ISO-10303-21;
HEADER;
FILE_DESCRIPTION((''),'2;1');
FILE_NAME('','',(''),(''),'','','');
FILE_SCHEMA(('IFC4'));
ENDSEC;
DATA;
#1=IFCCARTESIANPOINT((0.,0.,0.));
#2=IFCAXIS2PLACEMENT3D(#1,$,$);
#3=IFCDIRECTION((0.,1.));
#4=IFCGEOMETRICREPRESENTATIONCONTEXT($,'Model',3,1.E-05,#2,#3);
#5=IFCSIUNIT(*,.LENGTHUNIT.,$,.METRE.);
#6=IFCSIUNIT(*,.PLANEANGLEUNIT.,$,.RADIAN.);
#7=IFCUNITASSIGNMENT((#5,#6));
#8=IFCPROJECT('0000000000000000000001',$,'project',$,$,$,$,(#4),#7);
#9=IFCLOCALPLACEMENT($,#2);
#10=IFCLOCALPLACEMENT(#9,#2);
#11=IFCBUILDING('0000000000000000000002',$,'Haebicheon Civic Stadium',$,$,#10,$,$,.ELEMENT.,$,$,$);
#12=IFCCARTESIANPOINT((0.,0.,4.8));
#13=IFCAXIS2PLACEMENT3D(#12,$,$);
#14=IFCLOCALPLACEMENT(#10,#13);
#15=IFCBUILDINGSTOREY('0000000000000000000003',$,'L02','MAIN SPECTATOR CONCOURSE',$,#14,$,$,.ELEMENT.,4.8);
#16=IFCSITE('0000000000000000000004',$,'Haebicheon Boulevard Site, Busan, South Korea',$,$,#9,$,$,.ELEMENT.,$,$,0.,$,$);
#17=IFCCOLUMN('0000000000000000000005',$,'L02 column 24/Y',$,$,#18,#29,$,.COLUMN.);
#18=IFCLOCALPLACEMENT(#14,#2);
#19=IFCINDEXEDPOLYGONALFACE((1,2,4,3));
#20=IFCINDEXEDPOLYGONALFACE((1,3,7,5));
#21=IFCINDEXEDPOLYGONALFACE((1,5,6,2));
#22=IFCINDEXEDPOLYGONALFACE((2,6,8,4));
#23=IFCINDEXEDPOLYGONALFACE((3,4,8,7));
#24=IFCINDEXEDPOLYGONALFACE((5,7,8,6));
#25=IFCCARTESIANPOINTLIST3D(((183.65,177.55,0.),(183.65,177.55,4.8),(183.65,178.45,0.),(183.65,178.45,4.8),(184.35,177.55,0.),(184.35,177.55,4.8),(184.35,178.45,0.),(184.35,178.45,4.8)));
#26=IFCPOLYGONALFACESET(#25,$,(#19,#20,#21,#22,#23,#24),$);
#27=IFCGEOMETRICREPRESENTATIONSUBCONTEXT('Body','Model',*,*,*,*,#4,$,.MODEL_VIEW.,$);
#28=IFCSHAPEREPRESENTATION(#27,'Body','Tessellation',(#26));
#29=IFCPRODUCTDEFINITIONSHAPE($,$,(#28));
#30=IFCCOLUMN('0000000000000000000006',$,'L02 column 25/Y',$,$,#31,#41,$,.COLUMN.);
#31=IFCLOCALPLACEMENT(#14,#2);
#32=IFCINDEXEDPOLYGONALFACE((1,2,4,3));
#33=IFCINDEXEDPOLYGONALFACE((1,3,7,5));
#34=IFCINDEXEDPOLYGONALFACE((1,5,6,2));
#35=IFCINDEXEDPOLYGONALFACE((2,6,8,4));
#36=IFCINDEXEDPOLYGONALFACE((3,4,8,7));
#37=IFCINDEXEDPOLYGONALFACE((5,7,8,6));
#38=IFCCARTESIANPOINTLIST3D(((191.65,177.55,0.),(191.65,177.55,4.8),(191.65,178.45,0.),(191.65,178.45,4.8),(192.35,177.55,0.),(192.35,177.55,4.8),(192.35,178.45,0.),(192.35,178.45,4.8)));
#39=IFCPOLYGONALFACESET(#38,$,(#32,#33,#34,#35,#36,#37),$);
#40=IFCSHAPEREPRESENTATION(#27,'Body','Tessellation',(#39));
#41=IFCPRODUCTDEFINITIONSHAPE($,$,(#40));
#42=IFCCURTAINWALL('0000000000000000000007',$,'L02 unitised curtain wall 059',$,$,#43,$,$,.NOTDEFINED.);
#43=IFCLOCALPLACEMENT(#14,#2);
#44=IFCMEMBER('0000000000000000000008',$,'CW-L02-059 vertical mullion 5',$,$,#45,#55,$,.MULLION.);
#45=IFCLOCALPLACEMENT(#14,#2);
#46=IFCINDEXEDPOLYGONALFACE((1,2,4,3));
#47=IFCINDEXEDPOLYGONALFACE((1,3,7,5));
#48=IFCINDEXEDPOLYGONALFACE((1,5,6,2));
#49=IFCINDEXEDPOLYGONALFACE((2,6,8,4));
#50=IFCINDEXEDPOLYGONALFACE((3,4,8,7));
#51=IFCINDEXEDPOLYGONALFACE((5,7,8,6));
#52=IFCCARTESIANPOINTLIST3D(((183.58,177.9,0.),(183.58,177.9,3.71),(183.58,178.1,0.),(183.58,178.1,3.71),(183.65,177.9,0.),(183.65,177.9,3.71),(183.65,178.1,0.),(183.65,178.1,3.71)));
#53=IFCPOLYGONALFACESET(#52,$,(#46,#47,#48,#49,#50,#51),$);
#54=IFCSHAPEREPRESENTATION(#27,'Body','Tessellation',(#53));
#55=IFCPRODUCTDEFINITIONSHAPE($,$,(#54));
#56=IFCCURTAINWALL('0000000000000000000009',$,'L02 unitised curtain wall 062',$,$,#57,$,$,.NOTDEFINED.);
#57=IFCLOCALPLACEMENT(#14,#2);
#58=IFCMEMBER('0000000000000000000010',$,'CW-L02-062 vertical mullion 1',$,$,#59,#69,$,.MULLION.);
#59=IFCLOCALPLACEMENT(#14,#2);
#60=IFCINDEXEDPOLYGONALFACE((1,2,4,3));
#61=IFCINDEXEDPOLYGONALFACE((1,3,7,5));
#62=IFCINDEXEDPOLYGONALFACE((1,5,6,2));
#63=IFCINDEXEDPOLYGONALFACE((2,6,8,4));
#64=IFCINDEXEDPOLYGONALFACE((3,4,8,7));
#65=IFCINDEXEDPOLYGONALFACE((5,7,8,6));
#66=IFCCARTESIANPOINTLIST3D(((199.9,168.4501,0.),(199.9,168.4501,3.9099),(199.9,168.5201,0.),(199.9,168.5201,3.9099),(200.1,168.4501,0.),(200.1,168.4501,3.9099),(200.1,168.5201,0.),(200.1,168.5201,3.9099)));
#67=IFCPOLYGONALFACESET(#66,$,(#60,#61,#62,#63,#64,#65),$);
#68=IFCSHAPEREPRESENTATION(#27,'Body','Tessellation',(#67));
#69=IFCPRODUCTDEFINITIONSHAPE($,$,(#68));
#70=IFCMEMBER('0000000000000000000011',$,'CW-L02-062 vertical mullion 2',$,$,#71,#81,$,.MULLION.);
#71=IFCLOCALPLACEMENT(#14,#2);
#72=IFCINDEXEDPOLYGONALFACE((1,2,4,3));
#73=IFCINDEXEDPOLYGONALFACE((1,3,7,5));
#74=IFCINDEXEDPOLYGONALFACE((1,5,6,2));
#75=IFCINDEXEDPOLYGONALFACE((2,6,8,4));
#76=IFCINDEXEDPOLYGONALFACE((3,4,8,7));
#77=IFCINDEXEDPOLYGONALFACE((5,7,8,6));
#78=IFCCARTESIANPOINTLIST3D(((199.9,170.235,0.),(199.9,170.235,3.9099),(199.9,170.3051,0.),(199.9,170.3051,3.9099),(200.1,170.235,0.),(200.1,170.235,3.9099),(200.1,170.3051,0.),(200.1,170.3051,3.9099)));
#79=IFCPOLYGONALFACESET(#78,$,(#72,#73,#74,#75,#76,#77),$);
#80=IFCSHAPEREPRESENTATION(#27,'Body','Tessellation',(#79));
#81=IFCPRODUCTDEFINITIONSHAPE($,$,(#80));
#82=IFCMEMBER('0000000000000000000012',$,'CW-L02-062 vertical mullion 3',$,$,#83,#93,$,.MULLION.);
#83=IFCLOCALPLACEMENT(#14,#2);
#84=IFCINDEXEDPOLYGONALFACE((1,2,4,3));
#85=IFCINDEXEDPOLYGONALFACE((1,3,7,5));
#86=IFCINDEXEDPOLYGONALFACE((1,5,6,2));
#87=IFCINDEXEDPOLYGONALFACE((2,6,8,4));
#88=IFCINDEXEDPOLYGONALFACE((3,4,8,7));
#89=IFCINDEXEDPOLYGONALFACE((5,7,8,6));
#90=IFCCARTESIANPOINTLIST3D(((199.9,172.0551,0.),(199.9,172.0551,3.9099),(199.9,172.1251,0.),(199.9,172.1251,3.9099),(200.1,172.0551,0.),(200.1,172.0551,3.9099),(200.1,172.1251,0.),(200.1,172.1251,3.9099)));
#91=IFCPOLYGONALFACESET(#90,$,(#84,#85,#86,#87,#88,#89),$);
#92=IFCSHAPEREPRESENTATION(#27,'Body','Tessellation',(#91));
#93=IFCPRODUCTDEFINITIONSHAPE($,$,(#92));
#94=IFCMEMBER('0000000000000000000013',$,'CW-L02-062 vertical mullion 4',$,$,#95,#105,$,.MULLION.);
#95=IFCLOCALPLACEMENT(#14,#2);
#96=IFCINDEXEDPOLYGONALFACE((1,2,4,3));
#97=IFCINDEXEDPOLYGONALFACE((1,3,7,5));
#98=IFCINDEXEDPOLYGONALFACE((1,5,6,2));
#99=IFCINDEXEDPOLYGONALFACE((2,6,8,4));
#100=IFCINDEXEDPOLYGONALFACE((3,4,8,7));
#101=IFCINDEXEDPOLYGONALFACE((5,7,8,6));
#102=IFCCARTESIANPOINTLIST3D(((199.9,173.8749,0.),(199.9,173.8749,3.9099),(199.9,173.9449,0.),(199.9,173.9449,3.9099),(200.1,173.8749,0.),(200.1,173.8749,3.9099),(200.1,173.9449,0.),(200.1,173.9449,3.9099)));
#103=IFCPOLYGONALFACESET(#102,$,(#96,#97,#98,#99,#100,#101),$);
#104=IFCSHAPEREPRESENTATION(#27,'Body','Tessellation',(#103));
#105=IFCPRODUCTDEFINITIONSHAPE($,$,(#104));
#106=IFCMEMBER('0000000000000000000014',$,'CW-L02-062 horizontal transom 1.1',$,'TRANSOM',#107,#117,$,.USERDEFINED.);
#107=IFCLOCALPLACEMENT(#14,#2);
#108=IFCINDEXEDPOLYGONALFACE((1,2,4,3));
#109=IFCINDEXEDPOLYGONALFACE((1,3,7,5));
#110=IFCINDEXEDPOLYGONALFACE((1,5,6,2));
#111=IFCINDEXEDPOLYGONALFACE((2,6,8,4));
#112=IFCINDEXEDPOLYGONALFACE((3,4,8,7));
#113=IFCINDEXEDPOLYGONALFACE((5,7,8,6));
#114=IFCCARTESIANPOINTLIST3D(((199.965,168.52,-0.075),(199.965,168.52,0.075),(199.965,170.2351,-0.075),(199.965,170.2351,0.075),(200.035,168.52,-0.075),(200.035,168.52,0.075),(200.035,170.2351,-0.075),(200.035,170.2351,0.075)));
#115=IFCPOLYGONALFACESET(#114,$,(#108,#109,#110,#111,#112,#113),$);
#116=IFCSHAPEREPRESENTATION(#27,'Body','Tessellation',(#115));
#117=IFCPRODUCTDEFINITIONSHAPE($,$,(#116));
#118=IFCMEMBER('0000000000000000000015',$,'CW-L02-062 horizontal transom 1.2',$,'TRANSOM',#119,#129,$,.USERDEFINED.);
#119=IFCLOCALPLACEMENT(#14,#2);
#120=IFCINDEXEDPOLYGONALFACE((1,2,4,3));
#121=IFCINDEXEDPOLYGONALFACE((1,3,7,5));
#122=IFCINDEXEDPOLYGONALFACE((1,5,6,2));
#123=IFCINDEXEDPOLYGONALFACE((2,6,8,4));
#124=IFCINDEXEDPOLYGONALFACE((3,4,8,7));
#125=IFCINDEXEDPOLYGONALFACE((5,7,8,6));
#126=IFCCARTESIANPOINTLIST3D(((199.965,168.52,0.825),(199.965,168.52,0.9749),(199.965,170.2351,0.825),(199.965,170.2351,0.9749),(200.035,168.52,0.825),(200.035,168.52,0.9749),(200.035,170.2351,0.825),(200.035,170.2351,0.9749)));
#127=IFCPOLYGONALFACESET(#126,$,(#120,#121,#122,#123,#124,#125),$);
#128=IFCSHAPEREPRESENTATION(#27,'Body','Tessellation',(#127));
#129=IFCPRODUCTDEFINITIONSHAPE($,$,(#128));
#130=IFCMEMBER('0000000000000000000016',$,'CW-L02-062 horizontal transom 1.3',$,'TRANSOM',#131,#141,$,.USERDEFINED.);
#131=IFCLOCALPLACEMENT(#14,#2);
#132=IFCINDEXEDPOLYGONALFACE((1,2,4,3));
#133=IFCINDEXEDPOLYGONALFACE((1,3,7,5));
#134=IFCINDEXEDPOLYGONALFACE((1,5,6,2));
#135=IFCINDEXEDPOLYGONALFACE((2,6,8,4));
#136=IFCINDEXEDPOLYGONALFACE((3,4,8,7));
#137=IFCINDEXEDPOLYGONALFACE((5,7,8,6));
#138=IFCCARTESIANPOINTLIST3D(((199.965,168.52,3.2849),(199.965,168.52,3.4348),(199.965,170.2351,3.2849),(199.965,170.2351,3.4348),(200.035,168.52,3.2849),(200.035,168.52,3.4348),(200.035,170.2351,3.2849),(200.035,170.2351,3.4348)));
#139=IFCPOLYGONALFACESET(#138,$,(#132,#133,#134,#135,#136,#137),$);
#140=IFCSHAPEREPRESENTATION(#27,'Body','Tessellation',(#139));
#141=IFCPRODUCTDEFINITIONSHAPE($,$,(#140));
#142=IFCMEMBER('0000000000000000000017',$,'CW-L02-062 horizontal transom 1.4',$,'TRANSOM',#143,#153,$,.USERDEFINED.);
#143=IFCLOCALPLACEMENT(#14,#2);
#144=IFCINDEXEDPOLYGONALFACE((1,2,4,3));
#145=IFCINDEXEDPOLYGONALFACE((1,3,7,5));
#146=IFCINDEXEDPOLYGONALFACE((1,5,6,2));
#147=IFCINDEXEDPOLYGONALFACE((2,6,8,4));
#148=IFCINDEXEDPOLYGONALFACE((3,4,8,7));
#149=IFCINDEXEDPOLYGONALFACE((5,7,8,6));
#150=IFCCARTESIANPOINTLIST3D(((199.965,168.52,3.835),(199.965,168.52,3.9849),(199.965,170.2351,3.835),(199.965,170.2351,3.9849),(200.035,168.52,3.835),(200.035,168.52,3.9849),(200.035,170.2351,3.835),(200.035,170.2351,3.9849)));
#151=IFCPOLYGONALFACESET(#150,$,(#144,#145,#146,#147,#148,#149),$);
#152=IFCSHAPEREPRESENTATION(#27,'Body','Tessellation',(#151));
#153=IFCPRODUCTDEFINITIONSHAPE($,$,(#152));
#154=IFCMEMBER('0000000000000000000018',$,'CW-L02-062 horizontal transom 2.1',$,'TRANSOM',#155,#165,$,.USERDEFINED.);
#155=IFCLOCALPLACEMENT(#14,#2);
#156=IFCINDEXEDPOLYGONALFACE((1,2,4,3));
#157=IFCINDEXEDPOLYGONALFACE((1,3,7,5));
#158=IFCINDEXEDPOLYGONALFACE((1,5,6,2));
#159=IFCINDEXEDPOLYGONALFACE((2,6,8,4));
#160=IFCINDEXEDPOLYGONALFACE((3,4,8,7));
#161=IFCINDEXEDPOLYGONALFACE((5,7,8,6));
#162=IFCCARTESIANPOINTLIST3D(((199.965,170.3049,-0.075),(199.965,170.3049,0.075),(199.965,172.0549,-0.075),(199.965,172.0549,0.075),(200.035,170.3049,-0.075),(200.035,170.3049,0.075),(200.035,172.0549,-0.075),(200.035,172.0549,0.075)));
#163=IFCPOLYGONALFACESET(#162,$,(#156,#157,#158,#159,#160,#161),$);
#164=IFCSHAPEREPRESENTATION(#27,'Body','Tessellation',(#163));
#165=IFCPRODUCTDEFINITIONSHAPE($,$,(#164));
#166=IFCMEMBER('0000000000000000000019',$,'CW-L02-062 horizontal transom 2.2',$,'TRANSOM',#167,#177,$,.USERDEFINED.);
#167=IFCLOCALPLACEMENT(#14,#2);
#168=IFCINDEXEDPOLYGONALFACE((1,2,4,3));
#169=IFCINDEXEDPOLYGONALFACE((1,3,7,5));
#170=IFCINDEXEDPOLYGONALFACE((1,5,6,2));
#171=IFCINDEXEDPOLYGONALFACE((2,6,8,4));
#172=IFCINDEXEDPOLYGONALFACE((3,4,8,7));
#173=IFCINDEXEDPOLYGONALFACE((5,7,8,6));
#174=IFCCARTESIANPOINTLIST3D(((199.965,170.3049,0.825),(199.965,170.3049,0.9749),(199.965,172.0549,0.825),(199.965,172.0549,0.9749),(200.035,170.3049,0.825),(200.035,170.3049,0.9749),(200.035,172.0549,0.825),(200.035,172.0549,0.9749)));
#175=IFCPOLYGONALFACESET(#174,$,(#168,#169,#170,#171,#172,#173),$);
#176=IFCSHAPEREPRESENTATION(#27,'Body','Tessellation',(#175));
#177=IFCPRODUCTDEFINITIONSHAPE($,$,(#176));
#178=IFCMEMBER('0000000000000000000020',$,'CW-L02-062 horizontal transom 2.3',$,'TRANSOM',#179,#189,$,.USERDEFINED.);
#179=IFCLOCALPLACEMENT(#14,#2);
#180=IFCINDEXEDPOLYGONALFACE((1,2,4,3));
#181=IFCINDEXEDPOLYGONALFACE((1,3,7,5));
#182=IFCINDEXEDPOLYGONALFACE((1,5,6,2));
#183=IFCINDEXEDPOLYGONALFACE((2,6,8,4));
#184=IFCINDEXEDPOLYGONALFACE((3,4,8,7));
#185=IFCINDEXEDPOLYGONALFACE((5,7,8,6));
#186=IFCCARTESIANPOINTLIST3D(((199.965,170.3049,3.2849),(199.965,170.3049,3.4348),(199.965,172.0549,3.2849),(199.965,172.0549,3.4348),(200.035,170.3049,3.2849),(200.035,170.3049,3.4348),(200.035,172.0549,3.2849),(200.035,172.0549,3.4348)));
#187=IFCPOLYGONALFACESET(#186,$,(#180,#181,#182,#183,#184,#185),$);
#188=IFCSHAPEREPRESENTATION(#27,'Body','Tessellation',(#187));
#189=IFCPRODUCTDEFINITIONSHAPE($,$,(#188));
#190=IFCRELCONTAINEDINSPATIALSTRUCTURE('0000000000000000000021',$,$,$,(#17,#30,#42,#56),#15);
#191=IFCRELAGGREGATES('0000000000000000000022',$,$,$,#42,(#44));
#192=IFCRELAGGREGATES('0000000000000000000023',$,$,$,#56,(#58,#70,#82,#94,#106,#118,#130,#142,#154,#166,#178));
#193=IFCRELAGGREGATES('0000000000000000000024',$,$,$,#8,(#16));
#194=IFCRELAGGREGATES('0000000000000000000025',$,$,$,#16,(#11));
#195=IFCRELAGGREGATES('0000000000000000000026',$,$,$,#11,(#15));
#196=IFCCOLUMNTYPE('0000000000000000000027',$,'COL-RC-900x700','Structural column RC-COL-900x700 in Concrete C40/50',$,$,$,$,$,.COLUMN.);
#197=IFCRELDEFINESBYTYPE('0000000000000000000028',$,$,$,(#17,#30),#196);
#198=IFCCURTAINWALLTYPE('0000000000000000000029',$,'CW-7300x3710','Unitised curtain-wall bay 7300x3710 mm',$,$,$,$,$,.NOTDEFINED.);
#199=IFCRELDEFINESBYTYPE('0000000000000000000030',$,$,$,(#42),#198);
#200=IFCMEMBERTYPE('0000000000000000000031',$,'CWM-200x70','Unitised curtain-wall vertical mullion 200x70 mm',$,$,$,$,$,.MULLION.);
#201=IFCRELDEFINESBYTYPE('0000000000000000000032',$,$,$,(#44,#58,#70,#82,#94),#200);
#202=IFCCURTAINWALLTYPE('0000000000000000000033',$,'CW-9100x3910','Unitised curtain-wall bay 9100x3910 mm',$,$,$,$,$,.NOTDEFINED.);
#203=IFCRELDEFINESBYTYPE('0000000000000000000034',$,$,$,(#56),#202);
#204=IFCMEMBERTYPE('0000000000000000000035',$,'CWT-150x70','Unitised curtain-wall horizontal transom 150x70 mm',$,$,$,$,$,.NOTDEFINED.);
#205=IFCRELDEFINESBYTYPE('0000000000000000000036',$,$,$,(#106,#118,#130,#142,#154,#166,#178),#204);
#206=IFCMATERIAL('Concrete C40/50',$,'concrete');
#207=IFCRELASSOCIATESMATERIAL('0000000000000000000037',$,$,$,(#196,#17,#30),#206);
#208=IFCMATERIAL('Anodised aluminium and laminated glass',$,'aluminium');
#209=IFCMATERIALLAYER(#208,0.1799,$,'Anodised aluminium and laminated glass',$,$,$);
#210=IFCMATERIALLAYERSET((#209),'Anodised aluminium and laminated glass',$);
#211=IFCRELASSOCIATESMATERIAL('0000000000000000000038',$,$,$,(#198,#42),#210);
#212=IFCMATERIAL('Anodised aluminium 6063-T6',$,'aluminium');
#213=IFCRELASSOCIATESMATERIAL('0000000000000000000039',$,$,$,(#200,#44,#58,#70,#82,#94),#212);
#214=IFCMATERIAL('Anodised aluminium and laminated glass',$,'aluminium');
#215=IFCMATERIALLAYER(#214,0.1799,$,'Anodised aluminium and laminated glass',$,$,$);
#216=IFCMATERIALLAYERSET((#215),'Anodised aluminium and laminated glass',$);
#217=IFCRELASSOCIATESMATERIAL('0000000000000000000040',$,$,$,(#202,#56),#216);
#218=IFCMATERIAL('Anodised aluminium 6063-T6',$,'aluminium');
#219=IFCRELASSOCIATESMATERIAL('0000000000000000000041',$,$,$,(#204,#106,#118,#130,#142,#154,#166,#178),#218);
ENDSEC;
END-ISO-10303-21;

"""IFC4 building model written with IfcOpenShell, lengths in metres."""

from ifc_helpers import new_model, si_unit, direction, frame, origin, origin_2d, place, context, subcontext, project, spatial, rectangle, extrude, material, layer, layer_set, material_profile, profile_set, type_object, element, aggregate, save


model = new_model("IFC4")

# Units and contexts
model_context = context("Model", 3, precision=1e-05, world=origin(), true_north=direction((0.0, 1.0)))
body_context = subcontext(model_context, "Body", "Model", "MODEL_VIEW")
ifc_project = project(units=[si_unit("LENGTHUNIT", "METRE"), si_unit("PLANEANGLEUNIT", "RADIAN")], contexts=[model_context])

# Site, building, storey
site_placement = place(None, origin())
site = spatial("IfcSite", under=ifc_project, at=site_placement, Name="Haebicheon Boulevard Site, Busan, South Korea", CompositionType="ELEMENT", RefElevation=0.0)
building_placement = place(site_placement, origin())
building = spatial("IfcBuilding", under=site, at=building_placement, Name="Haebicheon Civic Stadium", CompositionType="ELEMENT")
storey_placement = place(building_placement, frame((0.0, 0.0, 4.8)))
storey = spatial("IfcBuildingStorey", under=building, at=storey_placement, Name="L02", Description="MAIN SPECTATOR CONCOURSE", CompositionType="ELEMENT", Elevation=4.8)

# Columns
ifc_material_1 = material(Name="Concrete C40/50", Category="concrete")
ifc_material_profile_1 = material_profile(ifc_material_1, rectangle(XDim=0.7, YDim=0.8999, at=origin_2d()), Name="RC-COL-900x700")
ifc_profile_set_1 = profile_set([ifc_material_profile_1], Name="Concrete C40/50")
column_type = type_object("IfcColumnType", Name="COL-RC-900x700", Description="Structural column RC-COL-900x700 in Concrete C40/50", PredefinedType="COLUMN", material=ifc_profile_set_1)
for number, where, z_axis, x_axis, name in (
    (1, (184.0, 178.0, 0.0), (0.0, 0.0, 1.0), (1.0, 0.0, 0.0), "L02 column 24/Y"),
    (2, (192.0, 178.0, 0.0), (0.0, 0.0, 1.0), (1.0, 0.0, 0.0), "L02 column 25/Y"),
):
    element("IfcColumn", number, at=place(storey_placement, frame(where, z_axis=z_axis, x_axis=x_axis)), inside=storey, type_object=column_type, material=ifc_profile_set_1, Name=name, PredefinedType="COLUMN", context=body_context, shape_type="SweptSolid", body=[
        extrude(rectangle(XDim=0.7, YDim=0.8999, at=origin_2d()), origin(), (0.0, 0.0, 1.0), 4.8),
    ])

# Curtain wall, member
ifc_material_2 = material(Name="Anodised aluminium and laminated glass", Category="aluminium")
ifc_layer_1 = layer(ifc_material_2, 0.1799, Name="Anodised aluminium and laminated glass")
ifc_layer_set_1 = layer_set([ifc_layer_1], Name="Anodised aluminium and laminated glass")
curtain_wall_type_1 = type_object("IfcCurtainWallType", Name="CW-7300x3710", Description="Unitised curtain-wall bay 7300x3710 mm", PredefinedType="NOTDEFINED", material=ifc_layer_set_1)
curtain_wall_1_placement = place(storey_placement, origin())
curtain_wall_1 = element("IfcCurtainWall", 3, at=curtain_wall_1_placement, inside=storey, type_object=curtain_wall_type_1, material=ifc_layer_set_1, Name="L02 unitised curtain wall 059", PredefinedType="NOTDEFINED")
ifc_material_3 = material(Name="Anodised aluminium 6063-T6", Category="aluminium")
ifc_material_profile_2 = material_profile(ifc_material_3, rectangle(XDim=0.0701, YDim=0.2, at=origin_2d()), Name="ALU-MULL-70x200")
ifc_profile_set_2 = profile_set([ifc_material_profile_2], Name="Anodised aluminium 6063-T6")
member_type_1 = type_object("IfcMemberType", Name="CWM-200x70", Description="Unitised curtain-wall vertical mullion 200x70 mm", PredefinedType="MULLION", material=ifc_profile_set_2)
member_1_placement = place(storey_placement, frame((183.615, 178.0, 0.0), z_axis=(0.0, 0.0, 1.0), x_axis=(1.0, 0.0, 0.0)))
member_1 = element("IfcMember", 4, at=member_1_placement, type_object=member_type_1, material=ifc_profile_set_2, Name="CW-L02-059 vertical mullion 5", PredefinedType="MULLION", context=body_context, shape_type="SweptSolid", body=[
    extrude(rectangle(XDim=0.0701, YDim=0.2, at=origin_2d()), origin(), (0.0, 0.0, 1.0), 3.71),
])
aggregate(curtain_wall_1, [member_1])

# Curtain wall, members
ifc_material_4 = material(Name="Anodised aluminium and laminated glass", Category="aluminium")
ifc_layer_2 = layer(ifc_material_4, 0.1799, Name="Anodised aluminium and laminated glass")
ifc_layer_set_2 = layer_set([ifc_layer_2], Name="Anodised aluminium and laminated glass")
curtain_wall_type_2 = type_object("IfcCurtainWallType", Name="CW-9100x3910", Description="Unitised curtain-wall bay 9100x3910 mm", PredefinedType="NOTDEFINED", material=ifc_layer_set_2)
curtain_wall_2_placement = place(storey_placement, origin())
curtain_wall_2 = element("IfcCurtainWall", 5, at=curtain_wall_2_placement, inside=storey, type_object=curtain_wall_type_2, material=ifc_layer_set_2, Name="L02 unitised curtain wall 062", PredefinedType="NOTDEFINED")
member_2_placement = place(storey_placement, frame((200.0, 168.4851, 0.0), z_axis=(0.0, 0.0, 1.0), x_axis=(0.0, 1.0, 0.0)))
member_2 = element("IfcMember", 6, at=member_2_placement, type_object=member_type_1, material=ifc_profile_set_2, Name="CW-L02-062 vertical mullion 1", PredefinedType="MULLION", context=body_context, shape_type="SweptSolid", body=[
    extrude(rectangle(XDim=0.0701, YDim=0.2, at=origin_2d()), origin(), (0.0, 0.0, 1.0), 3.9099),
])
member_3_placement = place(storey_placement, frame((200.0, 170.27, 0.0), z_axis=(0.0, 0.0, 1.0), x_axis=(0.0, 1.0, 0.0)))
member_3 = element("IfcMember", 7, at=member_3_placement, type_object=member_type_1, material=ifc_profile_set_2, Name="CW-L02-062 vertical mullion 2", PredefinedType="MULLION", context=body_context, shape_type="SweptSolid", body=[
    extrude(rectangle(XDim=0.0701, YDim=0.2, at=origin_2d()), origin(), (0.0, 0.0, 1.0), 3.9099),
])
member_4_placement = place(storey_placement, frame((200.0, 172.0901, 0.0), z_axis=(0.0, 0.0, 1.0), x_axis=(0.0, 1.0, 0.0)))
member_4 = element("IfcMember", 8, at=member_4_placement, type_object=member_type_1, material=ifc_profile_set_2, Name="CW-L02-062 vertical mullion 3", PredefinedType="MULLION", context=body_context, shape_type="SweptSolid", body=[
    extrude(rectangle(XDim=0.0701, YDim=0.2, at=origin_2d()), origin(), (0.0, 0.0, 1.0), 3.9099),
])
member_5_placement = place(storey_placement, frame((200.0, 173.9099, 0.0), z_axis=(0.0, 0.0, 1.0), x_axis=(0.0, 1.0, 0.0)))
member_5 = element("IfcMember", 9, at=member_5_placement, type_object=member_type_1, material=ifc_profile_set_2, Name="CW-L02-062 vertical mullion 4", PredefinedType="MULLION", context=body_context, shape_type="SweptSolid", body=[
    extrude(rectangle(XDim=0.0701, YDim=0.2, at=origin_2d()), origin(), (0.0, 0.0, 1.0), 3.9099),
])
ifc_material_5 = material(Name="Anodised aluminium 6063-T6", Category="aluminium")
ifc_material_profile_3 = material_profile(ifc_material_5, rectangle(XDim=0.0701, YDim=0.1499, at=origin_2d()), Name="ALU-TRAN-70x150")
ifc_profile_set_3 = profile_set([ifc_material_profile_3], Name="Anodised aluminium 6063-T6")
member_type_2 = type_object("IfcMemberType", Name="CWT-150x70", Description="Unitised curtain-wall horizontal transom 150x70 mm", PredefinedType="NOTDEFINED", material=ifc_profile_set_3)
member_6_placement = place(storey_placement, frame((200.0, 168.52, 0.0), z_axis=(0.0, 1.0, 0.0), x_axis=(-1.0, 0.0, 0.0)))
member_6 = element("IfcMember", 10, at=member_6_placement, type_object=member_type_2, material=ifc_profile_set_3, Name="CW-L02-062 horizontal transom 1.1", ObjectType="TRANSOM", PredefinedType="USERDEFINED", context=body_context, shape_type="SweptSolid", body=[
    extrude(rectangle(XDim=0.0701, YDim=0.1499, at=origin_2d()), origin(), (0.0, 0.0, 1.0), 1.7151),
])
member_7_placement = place(storey_placement, frame((200.0, 168.52, 0.8999), z_axis=(0.0, 1.0, 0.0), x_axis=(-1.0, 0.0, 0.0)))
member_7 = element("IfcMember", 11, at=member_7_placement, type_object=member_type_2, material=ifc_profile_set_3, Name="CW-L02-062 horizontal transom 1.2", ObjectType="TRANSOM", PredefinedType="USERDEFINED", context=body_context, shape_type="SweptSolid", body=[
    extrude(rectangle(XDim=0.0701, YDim=0.1499, at=origin_2d()), origin(), (0.0, 0.0, 1.0), 1.7151),
])
member_8_placement = place(storey_placement, frame((200.0, 168.52, 3.3599), z_axis=(0.0, 1.0, 0.0), x_axis=(-1.0, 0.0, 0.0)))
member_8 = element("IfcMember", 12, at=member_8_placement, type_object=member_type_2, material=ifc_profile_set_3, Name="CW-L02-062 horizontal transom 1.3", ObjectType="TRANSOM", PredefinedType="USERDEFINED", context=body_context, shape_type="SweptSolid", body=[
    extrude(rectangle(XDim=0.0701, YDim=0.1499, at=origin_2d()), origin(), (0.0, 0.0, 1.0), 1.7151),
])
member_9_placement = place(storey_placement, frame((200.0, 168.52, 3.9099), z_axis=(0.0, 1.0, 0.0), x_axis=(-1.0, 0.0, 0.0)))
member_9 = element("IfcMember", 13, at=member_9_placement, type_object=member_type_2, material=ifc_profile_set_3, Name="CW-L02-062 horizontal transom 1.4", ObjectType="TRANSOM", PredefinedType="USERDEFINED", context=body_context, shape_type="SweptSolid", body=[
    extrude(rectangle(XDim=0.0701, YDim=0.1499, at=origin_2d()), origin(), (0.0, 0.0, 1.0), 1.7151),
])
member_10_placement = place(storey_placement, frame((200.0, 170.3049, 0.0), z_axis=(0.0, 1.0, 0.0), x_axis=(-1.0, 0.0, 0.0)))
member_10 = element("IfcMember", 14, at=member_10_placement, type_object=member_type_2, material=ifc_profile_set_3, Name="CW-L02-062 horizontal transom 2.1", ObjectType="TRANSOM", PredefinedType="USERDEFINED", context=body_context, shape_type="SweptSolid", body=[
    extrude(rectangle(XDim=0.0701, YDim=0.1499, at=origin_2d()), origin(), (0.0, 0.0, 1.0), 1.75),
])
member_11_placement = place(storey_placement, frame((200.0, 170.3049, 0.8999), z_axis=(0.0, 1.0, 0.0), x_axis=(-1.0, 0.0, 0.0)))
member_11 = element("IfcMember", 15, at=member_11_placement, type_object=member_type_2, material=ifc_profile_set_3, Name="CW-L02-062 horizontal transom 2.2", ObjectType="TRANSOM", PredefinedType="USERDEFINED", context=body_context, shape_type="SweptSolid", body=[
    extrude(rectangle(XDim=0.0701, YDim=0.1499, at=origin_2d()), origin(), (0.0, 0.0, 1.0), 1.75),
])
member_12_placement = place(storey_placement, frame((200.0, 170.3049, 3.3599), z_axis=(0.0, 1.0, 0.0), x_axis=(-1.0, 0.0, 0.0)))
member_12 = element("IfcMember", 16, at=member_12_placement, type_object=member_type_2, material=ifc_profile_set_3, Name="CW-L02-062 horizontal transom 2.3", ObjectType="TRANSOM", PredefinedType="USERDEFINED", context=body_context, shape_type="SweptSolid", body=[
    extrude(rectangle(XDim=0.0701, YDim=0.1499, at=origin_2d()), origin(), (0.0, 0.0, 1.0), 1.75),
])

aggregate(curtain_wall_2, [member_2, member_3, member_4, member_5, member_6, member_7, member_8, member_9, member_10, member_11, member_12])

save(model, "model.ifc")
